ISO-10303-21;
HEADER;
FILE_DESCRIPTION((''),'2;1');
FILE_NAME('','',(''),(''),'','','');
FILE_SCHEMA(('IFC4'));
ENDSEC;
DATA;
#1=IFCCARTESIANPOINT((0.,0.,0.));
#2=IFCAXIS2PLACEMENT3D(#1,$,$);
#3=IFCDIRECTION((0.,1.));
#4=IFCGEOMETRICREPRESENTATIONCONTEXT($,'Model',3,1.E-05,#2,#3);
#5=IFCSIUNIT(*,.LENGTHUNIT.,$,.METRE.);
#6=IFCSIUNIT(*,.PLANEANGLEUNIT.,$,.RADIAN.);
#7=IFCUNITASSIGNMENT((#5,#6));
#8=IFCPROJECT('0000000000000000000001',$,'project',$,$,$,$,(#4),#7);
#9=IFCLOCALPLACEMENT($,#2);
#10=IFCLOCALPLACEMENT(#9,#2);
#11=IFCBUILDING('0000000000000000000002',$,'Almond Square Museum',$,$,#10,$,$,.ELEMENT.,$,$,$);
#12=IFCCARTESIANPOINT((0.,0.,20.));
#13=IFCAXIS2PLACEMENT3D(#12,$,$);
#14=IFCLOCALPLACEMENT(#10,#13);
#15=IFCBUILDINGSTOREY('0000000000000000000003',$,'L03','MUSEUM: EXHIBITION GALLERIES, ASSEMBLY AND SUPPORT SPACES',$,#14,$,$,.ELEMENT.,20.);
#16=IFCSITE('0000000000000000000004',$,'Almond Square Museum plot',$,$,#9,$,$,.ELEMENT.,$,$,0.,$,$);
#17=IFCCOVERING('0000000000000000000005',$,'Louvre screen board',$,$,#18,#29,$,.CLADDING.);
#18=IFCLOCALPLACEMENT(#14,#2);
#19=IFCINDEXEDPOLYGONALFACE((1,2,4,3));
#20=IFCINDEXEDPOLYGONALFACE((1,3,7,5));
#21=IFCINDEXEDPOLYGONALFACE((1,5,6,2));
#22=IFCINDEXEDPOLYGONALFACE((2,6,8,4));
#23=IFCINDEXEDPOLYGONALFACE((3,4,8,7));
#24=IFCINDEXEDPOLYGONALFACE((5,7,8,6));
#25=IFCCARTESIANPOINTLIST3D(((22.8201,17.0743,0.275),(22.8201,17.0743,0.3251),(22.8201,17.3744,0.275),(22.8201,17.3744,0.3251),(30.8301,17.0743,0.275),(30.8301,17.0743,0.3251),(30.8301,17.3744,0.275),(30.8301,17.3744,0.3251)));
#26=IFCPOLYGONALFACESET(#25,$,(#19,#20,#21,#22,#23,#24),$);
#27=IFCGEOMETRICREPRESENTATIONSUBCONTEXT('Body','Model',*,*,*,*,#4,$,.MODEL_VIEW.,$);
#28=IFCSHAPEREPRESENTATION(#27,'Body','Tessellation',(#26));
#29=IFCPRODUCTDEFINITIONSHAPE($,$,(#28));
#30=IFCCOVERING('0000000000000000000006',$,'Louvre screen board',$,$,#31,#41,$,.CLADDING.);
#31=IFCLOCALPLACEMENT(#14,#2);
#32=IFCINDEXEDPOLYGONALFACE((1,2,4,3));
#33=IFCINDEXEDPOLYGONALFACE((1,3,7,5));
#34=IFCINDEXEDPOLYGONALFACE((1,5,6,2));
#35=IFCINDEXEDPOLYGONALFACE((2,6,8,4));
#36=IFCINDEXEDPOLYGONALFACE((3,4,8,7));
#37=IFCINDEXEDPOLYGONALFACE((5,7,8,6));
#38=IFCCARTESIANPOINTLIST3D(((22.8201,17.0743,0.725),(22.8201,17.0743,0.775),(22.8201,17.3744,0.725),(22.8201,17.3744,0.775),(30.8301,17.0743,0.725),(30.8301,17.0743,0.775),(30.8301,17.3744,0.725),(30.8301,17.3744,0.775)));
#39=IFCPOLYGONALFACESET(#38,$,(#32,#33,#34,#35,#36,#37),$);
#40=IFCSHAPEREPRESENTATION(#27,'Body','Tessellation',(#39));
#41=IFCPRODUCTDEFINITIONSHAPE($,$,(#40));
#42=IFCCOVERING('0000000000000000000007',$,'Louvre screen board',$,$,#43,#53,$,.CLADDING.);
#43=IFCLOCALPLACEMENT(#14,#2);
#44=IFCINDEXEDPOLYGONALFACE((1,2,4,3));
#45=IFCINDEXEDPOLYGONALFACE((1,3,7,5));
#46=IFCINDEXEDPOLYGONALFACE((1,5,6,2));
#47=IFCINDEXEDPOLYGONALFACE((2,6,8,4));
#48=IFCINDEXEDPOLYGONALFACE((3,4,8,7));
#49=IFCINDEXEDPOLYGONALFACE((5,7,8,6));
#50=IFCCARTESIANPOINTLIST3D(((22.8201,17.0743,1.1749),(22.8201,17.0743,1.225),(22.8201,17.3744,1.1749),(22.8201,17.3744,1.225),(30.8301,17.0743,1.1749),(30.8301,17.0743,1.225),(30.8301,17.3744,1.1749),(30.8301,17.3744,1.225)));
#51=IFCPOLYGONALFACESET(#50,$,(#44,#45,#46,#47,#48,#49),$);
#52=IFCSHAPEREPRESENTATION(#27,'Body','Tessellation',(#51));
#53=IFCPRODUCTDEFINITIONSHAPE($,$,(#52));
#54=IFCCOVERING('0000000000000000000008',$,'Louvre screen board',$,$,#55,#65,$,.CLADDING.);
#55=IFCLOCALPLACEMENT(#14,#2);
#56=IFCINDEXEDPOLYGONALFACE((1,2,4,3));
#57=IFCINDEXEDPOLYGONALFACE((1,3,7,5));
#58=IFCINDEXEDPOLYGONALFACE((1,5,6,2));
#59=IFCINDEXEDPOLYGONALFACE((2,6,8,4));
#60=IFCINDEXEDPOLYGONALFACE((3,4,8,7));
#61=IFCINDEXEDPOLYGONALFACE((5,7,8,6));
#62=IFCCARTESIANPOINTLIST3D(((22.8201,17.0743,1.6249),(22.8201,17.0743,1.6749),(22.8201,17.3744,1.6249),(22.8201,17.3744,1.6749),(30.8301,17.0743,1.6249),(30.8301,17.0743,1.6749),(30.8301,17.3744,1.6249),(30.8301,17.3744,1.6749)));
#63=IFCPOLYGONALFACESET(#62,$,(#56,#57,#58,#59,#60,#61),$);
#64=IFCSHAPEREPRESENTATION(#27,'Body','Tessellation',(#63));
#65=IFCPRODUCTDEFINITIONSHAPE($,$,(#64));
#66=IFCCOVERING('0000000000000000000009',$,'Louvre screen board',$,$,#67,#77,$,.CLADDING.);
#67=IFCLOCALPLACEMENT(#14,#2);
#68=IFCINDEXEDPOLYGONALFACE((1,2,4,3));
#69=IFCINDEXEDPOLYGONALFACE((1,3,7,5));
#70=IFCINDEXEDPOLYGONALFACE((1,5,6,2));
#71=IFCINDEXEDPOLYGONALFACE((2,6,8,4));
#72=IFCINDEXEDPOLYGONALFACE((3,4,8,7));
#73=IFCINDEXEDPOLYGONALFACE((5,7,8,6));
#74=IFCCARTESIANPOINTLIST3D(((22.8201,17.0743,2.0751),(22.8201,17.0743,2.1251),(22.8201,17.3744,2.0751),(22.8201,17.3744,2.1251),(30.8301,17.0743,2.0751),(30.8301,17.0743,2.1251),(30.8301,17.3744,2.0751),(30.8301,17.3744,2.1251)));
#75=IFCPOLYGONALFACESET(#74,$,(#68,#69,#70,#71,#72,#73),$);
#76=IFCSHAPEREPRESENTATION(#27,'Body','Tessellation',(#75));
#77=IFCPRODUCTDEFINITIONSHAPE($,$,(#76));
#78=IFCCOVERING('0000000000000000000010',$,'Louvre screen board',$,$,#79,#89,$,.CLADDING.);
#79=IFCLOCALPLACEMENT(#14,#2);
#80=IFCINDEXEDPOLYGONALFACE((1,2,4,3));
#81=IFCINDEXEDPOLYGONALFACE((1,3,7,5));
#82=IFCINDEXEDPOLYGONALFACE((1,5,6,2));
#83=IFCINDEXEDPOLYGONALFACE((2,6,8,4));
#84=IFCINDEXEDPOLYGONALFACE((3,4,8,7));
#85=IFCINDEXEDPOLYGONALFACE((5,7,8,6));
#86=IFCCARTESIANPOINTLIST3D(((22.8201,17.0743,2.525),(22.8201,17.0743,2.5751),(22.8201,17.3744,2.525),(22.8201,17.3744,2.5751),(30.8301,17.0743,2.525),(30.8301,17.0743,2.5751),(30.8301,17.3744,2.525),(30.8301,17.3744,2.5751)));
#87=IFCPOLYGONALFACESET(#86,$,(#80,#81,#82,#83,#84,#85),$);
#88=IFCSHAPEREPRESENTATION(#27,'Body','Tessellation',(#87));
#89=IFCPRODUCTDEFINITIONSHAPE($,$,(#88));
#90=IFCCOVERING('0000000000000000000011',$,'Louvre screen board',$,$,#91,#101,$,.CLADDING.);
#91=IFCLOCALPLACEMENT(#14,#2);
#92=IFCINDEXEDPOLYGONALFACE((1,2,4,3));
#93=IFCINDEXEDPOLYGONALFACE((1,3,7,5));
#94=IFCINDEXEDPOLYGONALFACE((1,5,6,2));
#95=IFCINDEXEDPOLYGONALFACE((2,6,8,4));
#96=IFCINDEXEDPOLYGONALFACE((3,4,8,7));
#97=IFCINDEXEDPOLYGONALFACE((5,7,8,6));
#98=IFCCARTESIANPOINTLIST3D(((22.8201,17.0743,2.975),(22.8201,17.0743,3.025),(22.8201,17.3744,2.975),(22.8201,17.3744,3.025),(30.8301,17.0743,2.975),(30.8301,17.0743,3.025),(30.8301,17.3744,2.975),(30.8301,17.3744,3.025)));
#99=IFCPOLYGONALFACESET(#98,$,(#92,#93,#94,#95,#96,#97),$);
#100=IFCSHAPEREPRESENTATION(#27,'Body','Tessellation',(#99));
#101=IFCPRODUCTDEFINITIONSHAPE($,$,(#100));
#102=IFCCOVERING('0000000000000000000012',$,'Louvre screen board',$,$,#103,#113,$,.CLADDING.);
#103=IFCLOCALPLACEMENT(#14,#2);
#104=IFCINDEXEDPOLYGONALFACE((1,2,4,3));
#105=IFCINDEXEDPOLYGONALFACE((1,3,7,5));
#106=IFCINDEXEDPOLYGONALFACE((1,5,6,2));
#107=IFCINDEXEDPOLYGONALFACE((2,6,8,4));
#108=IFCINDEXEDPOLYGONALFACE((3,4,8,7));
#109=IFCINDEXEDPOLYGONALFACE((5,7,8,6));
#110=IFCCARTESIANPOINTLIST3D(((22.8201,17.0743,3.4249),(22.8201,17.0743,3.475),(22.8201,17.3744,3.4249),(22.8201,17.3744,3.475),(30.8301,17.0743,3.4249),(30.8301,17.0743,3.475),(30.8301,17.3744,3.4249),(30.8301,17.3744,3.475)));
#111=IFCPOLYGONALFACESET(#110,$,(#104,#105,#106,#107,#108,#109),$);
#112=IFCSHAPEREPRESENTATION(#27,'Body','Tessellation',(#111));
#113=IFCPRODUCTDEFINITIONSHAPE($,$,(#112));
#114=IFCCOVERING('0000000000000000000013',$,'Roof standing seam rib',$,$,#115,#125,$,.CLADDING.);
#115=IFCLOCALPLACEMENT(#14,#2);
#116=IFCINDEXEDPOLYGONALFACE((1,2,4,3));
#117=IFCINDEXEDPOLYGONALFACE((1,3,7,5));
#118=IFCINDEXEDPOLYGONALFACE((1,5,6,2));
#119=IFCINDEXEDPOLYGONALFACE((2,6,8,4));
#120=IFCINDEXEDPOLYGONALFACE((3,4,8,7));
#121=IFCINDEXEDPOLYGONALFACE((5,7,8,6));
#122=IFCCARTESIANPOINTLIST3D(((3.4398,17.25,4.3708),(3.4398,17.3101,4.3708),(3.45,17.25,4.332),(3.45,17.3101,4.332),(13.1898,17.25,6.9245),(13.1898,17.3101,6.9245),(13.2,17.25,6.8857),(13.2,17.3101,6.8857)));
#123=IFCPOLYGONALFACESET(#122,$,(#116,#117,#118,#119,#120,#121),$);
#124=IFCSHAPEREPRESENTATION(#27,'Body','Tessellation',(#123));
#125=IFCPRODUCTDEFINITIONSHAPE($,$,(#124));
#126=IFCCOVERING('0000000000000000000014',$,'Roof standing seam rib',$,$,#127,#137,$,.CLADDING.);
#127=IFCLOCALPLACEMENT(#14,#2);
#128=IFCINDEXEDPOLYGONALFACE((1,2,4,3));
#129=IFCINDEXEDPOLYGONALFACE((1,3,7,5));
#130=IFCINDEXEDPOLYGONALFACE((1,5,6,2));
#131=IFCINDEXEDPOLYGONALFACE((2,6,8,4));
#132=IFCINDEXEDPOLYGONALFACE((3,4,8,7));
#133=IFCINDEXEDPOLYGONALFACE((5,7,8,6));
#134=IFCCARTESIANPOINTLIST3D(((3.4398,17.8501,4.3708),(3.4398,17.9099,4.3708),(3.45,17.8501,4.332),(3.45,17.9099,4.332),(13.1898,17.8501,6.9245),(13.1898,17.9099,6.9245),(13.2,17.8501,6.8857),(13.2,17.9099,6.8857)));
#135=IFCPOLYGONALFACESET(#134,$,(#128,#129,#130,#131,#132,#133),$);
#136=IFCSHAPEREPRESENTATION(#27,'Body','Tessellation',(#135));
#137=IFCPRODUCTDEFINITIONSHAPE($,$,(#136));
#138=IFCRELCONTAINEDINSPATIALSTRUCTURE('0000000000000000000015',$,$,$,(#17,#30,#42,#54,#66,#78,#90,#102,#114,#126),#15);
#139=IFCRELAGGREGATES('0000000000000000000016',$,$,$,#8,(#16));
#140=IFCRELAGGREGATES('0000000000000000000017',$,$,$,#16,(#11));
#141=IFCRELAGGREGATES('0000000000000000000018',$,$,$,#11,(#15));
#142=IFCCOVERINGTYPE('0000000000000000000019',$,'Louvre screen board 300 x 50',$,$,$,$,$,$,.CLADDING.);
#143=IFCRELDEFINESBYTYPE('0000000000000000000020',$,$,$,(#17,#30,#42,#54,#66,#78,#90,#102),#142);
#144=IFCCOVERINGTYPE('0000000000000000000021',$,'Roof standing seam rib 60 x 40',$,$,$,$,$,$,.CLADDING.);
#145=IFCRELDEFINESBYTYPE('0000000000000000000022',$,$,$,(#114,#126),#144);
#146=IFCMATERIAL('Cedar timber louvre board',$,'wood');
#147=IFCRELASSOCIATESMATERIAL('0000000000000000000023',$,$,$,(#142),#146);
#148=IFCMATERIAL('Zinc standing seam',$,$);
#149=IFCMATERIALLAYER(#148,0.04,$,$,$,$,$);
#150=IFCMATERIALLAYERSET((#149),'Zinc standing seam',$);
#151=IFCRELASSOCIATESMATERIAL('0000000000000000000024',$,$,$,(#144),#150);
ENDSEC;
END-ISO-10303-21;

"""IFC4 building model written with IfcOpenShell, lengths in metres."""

from ifc_helpers import new_model, si_unit, direction, frame, origin, origin_2d, place, context, subcontext, project, spatial, polyline, rectangle, outline, extrude, material, layer, layer_set, material_profile, profile_set, type_object, element, save


model = new_model("IFC4")

# Units and contexts
model_context = context("Model", 3, precision=1e-05, world=origin(), true_north=direction((0.0, 1.0)))
body_context = subcontext(model_context, "Body", "Model", "MODEL_VIEW")
ifc_project = project(units=[si_unit("LENGTHUNIT", "METRE"), si_unit("PLANEANGLEUNIT", "RADIAN")], contexts=[model_context])

# Site, building, storey
site_placement = place(None, origin())
site = spatial("IfcSite", under=ifc_project, at=site_placement, Name="Almond Square Museum plot", CompositionType="ELEMENT", RefElevation=0.0)
building_placement = place(site_placement, origin())
building = spatial("IfcBuilding", under=site, at=building_placement, Name="Almond Square Museum", CompositionType="ELEMENT")
storey_placement = place(building_placement, frame((0.0, 0.0, 20.0)))
storey = spatial("IfcBuildingStorey", under=building, at=storey_placement, Name="L03", Description="MUSEUM: EXHIBITION GALLERIES, ASSEMBLY AND SUPPORT SPACES", CompositionType="ELEMENT", Elevation=20.0)

# Coverings
ifc_material_1 = material(Name="Cedar timber louvre board", Category="wood")
ifc_material_profile_1 = material_profile(ifc_material_1, rectangle(XDim=0.3, YDim=0.05, at=origin_2d()))
ifc_profile_set_1 = profile_set([ifc_material_profile_1], Name="Cedar timber louvre board")
covering_type_1 = type_object("IfcCoveringType", Name="Louvre screen board 300 x 50", PredefinedType="CLADDING", material=ifc_profile_set_1)
for number, where, z_axis, x_axis, name in (
    (1, (22.8201, 17.2244, 0.3), (1.0, 0.0, 0.0), (0.0, 1.0, 0.0), "Louvre screen board"),
    (2, (22.8201, 17.2244, 0.75), (1.0, 0.0, 0.0), (0.0, 1.0, 0.0), "Louvre screen board"),
    (3, (22.8201, 17.2244, 1.2), (1.0, 0.0, 0.0), (0.0, 1.0, 0.0), "Louvre screen board"),
    (4, (22.8201, 17.2244, 1.6499), (1.0, 0.0, 0.0), (0.0, 1.0, 0.0), "Louvre screen board"),
    (5, (22.8201, 17.2244, 2.1001), (1.0, 0.0, 0.0), (0.0, 1.0, 0.0), "Louvre screen board"),
    (6, (22.8201, 17.2244, 2.55), (1.0, 0.0, 0.0), (0.0, 1.0, 0.0), "Louvre screen board"),
    (7, (22.8201, 17.2244, 3.0), (1.0, 0.0, 0.0), (0.0, 1.0, 0.0), "Louvre screen board"),
    (8, (22.8201, 17.2244, 3.45), (1.0, 0.0, 0.0), (0.0, 1.0, 0.0), "Louvre screen board"),
):
    element("IfcCovering", number, at=place(storey_placement, frame(where, z_axis=z_axis, x_axis=x_axis)), inside=storey, type_object=covering_type_1, Name=name, PredefinedType="CLADDING", context=body_context, shape_type="SweptSolid", body=[
        extrude(rectangle(XDim=0.3, YDim=0.05, at=origin_2d()), origin(), (0.0, 0.0, 1.0), 8.01),
    ])
ifc_material_2 = material(Name="Zinc standing seam")
ifc_layer_1 = layer(ifc_material_2, 0.04)
ifc_layer_set_1 = layer_set([ifc_layer_1], Name="Zinc standing seam")
covering_type_2 = type_object("IfcCoveringType", Name="Roof standing seam rib 60 x 40", PredefinedType="CLADDING", material=ifc_layer_set_1)
covering_1_placement = place(storey_placement, frame((13.2, 17.3101, 6.8857), z_axis=(-0.253372, 0.0, 0.967369), x_axis=(-0.967369, 0.0, -0.253372)))
element("IfcCovering", 9, at=covering_1_placement, inside=storey, type_object=covering_type_2, Name="Roof standing seam rib", PredefinedType="CLADDING", context=body_context, shape_type="SweptSolid", body=[
    extrude(outline(polyline([(0.0, 0.0), (10.0789, 0.0), (10.0789, 0.0601), (0.0, 0.0601), (0.0, 0.0)])), origin(), (0.0, 0.0, 1.0), 0.04),
])
covering_2_placement = place(storey_placement, frame((13.2, 17.9099, 6.8857), z_axis=(-0.253372, 0.0, 0.967369), x_axis=(-0.967369, 0.0, -0.253372)))
element("IfcCovering", 10, at=covering_2_placement, inside=storey, type_object=covering_type_2, Name="Roof standing seam rib", PredefinedType="CLADDING", context=body_context, shape_type="SweptSolid", body=[
    extrude(outline(polyline([(0.0, 0.0), (10.0789, 0.0), (10.0789, 0.0598), (0.0, 0.0598), (0.0, 0.0)])), origin(), (0.0, 0.0, 1.0), 0.04),
])

save(model, "model.ifc")
